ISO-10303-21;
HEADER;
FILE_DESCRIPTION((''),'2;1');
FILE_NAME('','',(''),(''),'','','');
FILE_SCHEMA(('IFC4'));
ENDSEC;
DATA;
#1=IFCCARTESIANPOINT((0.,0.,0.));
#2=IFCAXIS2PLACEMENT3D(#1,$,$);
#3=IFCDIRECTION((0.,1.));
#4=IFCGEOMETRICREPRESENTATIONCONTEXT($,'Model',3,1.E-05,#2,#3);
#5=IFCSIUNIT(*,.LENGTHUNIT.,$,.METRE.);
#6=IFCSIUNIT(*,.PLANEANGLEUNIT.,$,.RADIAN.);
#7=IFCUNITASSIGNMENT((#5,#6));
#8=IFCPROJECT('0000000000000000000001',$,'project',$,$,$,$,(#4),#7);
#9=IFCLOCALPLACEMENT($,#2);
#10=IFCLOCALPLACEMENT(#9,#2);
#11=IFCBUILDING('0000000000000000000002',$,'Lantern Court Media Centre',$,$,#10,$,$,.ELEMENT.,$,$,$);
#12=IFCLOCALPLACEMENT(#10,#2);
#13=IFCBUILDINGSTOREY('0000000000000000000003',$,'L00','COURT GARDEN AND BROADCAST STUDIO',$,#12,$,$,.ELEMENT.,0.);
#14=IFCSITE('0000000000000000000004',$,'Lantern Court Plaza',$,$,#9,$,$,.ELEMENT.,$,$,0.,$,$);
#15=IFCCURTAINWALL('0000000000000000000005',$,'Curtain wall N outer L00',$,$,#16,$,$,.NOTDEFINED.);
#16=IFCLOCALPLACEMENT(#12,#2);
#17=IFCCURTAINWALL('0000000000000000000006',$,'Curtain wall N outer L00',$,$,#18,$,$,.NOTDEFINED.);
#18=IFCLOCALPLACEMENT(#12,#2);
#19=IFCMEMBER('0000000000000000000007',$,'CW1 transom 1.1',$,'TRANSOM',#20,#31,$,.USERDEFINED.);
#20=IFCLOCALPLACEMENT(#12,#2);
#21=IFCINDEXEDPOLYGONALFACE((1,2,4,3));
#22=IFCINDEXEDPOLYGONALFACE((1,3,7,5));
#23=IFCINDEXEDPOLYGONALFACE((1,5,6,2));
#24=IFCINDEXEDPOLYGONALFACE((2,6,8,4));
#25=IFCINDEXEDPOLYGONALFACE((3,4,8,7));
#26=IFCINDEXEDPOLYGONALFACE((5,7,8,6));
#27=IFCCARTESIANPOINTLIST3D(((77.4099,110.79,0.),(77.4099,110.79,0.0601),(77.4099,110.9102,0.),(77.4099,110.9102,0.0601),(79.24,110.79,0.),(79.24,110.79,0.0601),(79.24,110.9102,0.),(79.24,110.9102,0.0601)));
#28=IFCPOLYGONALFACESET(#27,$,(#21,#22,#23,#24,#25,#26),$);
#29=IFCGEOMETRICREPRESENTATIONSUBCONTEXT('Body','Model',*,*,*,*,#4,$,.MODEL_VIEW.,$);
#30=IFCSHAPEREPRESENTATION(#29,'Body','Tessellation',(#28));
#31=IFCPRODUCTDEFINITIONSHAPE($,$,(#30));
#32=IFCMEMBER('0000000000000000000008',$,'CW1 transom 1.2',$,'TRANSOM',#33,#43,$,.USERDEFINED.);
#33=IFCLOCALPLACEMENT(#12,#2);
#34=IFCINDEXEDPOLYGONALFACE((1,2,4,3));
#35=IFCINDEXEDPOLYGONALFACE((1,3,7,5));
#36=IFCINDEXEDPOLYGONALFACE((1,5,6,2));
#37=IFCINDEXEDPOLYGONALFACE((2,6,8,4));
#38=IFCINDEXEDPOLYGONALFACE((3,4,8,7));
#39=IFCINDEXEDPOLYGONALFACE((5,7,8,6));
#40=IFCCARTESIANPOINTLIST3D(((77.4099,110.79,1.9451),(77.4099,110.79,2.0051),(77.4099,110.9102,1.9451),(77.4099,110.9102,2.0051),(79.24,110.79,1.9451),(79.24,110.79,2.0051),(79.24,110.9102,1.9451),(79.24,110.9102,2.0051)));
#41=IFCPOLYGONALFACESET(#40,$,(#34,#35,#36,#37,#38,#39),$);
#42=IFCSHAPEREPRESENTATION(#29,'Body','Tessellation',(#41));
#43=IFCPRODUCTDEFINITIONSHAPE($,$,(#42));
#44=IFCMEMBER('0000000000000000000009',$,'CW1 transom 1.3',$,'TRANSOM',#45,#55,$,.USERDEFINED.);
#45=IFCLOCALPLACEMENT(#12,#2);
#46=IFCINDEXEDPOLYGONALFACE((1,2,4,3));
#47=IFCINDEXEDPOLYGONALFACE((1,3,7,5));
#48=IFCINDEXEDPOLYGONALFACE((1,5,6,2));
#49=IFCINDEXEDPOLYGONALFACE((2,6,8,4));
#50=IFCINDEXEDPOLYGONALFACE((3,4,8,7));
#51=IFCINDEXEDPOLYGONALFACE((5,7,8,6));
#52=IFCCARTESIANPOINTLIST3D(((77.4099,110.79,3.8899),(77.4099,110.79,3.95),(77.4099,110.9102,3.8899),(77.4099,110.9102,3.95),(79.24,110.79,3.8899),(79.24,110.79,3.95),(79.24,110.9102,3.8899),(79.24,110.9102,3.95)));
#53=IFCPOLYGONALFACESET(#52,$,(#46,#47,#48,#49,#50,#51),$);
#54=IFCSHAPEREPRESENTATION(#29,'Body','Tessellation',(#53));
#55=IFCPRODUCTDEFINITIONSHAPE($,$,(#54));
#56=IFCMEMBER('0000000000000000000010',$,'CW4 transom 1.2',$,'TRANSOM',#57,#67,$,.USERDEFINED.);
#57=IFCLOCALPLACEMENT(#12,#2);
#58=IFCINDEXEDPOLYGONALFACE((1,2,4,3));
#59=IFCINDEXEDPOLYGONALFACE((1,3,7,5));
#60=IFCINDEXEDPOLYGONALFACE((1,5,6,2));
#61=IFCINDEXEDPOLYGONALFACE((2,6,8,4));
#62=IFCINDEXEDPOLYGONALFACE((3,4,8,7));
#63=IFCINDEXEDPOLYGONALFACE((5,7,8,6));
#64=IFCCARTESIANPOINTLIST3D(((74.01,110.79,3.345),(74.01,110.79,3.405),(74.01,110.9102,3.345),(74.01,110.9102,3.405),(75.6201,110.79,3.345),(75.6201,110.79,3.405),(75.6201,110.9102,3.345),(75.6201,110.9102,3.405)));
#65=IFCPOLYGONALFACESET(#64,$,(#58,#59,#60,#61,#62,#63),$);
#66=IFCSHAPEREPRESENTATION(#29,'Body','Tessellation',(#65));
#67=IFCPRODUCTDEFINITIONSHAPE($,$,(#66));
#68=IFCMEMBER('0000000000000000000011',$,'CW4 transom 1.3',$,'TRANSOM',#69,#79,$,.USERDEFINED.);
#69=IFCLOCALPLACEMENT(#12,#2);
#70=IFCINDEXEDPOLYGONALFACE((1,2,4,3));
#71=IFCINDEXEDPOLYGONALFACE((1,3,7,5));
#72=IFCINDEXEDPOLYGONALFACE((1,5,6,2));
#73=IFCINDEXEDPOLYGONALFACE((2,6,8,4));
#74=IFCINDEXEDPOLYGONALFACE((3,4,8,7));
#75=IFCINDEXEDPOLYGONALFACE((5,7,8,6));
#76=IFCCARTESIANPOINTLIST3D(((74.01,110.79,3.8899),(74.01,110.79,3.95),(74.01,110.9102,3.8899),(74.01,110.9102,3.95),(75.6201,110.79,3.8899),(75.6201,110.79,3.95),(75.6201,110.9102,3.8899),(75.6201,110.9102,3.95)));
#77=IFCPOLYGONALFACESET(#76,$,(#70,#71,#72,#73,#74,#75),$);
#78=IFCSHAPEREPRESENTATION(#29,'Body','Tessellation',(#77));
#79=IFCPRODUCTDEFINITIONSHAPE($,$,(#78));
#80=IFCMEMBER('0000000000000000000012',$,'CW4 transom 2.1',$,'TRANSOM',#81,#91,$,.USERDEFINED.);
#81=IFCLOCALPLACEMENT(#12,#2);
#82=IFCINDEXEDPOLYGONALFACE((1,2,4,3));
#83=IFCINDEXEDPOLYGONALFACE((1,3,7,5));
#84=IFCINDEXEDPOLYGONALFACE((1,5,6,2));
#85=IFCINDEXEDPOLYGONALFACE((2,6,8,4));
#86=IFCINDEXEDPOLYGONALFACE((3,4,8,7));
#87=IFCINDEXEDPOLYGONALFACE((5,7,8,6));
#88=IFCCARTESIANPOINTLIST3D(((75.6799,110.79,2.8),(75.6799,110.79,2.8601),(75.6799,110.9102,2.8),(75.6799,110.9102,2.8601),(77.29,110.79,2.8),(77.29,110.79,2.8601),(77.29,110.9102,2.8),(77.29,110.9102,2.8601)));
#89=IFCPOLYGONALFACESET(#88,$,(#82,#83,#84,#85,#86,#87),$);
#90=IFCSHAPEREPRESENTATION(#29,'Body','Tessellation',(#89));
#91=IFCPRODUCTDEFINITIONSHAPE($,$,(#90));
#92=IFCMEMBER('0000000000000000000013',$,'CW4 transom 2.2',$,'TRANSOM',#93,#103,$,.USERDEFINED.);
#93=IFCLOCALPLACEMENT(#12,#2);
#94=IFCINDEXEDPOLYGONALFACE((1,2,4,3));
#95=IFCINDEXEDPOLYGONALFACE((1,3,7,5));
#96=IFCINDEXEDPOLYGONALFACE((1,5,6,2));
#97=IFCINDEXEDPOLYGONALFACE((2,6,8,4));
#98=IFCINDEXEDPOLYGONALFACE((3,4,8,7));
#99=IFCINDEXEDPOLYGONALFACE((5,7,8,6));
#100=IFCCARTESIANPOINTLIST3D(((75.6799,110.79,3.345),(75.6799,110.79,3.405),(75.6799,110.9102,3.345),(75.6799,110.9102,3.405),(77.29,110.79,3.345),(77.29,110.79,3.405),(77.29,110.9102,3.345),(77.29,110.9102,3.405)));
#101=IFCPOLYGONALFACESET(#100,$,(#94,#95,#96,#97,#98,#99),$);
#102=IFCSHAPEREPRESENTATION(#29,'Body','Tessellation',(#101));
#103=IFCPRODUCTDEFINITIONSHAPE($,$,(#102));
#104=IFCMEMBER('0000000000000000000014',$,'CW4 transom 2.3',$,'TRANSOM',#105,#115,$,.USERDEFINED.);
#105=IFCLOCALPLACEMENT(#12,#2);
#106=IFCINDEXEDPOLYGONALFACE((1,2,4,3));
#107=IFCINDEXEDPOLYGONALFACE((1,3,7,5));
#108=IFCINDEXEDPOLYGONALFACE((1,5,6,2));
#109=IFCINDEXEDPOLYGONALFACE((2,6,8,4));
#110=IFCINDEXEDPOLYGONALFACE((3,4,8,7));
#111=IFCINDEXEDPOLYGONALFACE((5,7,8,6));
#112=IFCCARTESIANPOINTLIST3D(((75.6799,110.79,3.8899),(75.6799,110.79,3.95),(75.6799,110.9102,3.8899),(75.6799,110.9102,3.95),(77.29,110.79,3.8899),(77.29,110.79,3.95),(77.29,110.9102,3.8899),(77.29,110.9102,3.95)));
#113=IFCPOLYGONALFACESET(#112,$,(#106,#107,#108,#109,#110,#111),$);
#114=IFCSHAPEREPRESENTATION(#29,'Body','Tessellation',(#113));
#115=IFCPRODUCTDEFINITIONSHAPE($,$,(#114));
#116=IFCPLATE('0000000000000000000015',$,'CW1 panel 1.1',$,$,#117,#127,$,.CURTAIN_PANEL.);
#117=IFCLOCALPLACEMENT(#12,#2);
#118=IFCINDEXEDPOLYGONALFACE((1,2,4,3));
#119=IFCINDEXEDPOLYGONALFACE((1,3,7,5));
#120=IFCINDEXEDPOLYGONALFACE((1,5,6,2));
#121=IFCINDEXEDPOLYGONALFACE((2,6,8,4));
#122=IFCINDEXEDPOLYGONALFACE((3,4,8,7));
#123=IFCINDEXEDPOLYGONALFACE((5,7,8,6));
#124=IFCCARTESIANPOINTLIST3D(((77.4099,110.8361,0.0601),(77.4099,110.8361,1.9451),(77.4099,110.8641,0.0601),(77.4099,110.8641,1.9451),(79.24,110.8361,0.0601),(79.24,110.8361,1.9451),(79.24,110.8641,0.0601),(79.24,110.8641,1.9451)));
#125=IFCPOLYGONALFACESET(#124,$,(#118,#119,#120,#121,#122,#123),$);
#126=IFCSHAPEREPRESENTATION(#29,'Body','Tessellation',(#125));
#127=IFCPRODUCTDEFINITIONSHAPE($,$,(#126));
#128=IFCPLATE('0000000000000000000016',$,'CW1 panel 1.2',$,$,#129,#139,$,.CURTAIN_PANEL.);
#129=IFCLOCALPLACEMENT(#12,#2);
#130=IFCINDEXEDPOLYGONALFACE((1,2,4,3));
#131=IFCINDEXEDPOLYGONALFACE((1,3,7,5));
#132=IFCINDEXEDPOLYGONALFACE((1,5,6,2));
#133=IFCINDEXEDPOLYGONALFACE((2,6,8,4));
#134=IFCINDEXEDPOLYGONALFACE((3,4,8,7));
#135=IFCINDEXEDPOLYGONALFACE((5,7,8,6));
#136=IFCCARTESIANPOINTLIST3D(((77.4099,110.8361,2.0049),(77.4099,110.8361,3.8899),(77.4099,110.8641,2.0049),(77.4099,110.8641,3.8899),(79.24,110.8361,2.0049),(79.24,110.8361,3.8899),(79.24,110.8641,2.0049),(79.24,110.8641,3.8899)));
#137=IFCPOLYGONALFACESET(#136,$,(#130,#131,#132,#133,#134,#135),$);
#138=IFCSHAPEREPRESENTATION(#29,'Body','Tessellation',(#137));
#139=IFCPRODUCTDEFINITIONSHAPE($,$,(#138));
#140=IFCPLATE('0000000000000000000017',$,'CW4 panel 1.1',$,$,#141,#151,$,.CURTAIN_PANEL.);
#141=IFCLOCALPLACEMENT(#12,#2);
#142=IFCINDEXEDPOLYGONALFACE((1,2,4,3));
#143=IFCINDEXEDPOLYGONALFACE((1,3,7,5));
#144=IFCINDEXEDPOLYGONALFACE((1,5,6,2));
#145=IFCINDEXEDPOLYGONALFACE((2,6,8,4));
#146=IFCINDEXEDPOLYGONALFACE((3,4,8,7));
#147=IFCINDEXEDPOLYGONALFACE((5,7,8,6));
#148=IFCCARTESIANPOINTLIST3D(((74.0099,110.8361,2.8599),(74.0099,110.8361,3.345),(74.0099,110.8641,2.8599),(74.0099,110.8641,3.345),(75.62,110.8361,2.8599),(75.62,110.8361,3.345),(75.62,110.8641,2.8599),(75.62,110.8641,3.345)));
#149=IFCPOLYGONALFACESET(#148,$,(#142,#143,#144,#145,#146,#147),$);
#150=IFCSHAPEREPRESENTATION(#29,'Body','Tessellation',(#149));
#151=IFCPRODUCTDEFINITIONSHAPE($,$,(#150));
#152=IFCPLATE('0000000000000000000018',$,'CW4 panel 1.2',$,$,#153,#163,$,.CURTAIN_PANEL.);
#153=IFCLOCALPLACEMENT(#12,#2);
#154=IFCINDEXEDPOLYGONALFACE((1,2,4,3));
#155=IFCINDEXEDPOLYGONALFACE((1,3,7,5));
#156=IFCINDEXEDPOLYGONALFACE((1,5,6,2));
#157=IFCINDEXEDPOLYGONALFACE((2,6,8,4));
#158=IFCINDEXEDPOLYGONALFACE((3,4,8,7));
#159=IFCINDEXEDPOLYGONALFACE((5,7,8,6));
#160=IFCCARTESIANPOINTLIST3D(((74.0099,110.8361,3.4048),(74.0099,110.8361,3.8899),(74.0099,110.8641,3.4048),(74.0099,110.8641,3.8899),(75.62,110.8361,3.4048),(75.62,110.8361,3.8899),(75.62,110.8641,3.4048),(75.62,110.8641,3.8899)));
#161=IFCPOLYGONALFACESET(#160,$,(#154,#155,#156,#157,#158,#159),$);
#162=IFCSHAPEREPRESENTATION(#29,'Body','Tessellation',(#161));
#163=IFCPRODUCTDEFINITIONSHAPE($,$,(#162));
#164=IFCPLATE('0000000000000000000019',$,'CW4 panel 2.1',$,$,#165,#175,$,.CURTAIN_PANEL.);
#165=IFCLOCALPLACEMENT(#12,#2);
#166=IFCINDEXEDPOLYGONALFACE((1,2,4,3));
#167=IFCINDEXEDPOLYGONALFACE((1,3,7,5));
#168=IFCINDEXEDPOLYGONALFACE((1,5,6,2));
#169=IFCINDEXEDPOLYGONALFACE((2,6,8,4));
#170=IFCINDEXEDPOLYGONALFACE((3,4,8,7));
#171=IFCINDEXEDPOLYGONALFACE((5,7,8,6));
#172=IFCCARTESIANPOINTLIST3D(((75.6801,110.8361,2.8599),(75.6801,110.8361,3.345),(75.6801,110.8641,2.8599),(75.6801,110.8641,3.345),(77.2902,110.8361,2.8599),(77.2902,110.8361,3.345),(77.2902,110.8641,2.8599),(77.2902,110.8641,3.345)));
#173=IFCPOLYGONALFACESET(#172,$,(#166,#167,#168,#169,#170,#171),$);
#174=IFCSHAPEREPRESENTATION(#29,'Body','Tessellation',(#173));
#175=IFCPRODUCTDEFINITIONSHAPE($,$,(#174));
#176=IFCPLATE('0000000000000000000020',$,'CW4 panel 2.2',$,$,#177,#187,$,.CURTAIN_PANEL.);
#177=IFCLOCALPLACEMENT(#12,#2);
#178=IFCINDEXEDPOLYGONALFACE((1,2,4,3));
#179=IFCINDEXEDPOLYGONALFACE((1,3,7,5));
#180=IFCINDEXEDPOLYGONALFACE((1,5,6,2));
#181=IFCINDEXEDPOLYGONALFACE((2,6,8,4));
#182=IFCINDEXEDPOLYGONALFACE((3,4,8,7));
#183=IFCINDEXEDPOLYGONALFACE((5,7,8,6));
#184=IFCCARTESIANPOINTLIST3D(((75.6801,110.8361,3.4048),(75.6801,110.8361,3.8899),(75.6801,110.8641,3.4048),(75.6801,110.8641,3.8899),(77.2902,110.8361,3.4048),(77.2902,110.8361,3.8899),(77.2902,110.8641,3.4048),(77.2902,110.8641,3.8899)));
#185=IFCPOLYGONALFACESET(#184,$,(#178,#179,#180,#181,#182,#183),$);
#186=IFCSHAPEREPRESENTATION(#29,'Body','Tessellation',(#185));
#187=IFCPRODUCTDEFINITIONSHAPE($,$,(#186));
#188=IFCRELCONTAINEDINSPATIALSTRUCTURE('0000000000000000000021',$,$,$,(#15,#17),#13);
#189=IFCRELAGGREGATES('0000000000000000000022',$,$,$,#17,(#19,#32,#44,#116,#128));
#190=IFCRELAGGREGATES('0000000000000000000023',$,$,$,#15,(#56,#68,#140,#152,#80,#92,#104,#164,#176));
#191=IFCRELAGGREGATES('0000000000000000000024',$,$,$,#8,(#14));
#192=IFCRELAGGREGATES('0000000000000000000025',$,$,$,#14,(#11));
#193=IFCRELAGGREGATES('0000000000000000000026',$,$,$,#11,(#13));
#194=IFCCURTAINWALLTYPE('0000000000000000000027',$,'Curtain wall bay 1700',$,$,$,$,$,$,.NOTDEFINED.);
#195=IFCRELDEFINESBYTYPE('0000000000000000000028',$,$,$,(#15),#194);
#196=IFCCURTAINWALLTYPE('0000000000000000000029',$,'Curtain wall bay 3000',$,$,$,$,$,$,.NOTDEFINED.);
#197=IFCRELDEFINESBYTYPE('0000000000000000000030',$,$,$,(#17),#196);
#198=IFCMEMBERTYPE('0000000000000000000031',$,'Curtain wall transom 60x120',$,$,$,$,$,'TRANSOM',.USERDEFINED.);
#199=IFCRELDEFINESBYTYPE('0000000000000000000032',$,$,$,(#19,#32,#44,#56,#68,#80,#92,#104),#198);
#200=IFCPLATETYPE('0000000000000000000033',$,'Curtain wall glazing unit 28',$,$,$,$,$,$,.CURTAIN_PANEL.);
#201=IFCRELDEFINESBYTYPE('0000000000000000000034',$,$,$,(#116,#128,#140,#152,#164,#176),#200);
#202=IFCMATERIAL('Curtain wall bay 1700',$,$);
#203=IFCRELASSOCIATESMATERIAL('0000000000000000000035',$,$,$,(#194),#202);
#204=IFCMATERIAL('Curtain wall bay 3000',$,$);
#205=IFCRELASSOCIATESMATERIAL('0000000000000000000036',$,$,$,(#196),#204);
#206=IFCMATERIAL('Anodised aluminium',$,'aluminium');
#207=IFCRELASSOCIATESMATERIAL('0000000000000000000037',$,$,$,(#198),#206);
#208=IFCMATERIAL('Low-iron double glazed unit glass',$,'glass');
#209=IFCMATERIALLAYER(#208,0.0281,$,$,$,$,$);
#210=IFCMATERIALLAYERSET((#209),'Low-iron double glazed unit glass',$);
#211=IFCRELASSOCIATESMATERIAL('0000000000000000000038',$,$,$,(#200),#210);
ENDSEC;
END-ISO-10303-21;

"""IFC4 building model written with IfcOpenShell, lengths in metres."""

from ifc_helpers import new_model, si_unit, direction, frame, origin, origin_2d, place, context, subcontext, project, spatial, rectangle, extrude, material, layer, layer_set, material_profile, profile_set, type_object, element, aggregate, save


model = new_model("IFC4")

# Units and contexts
model_context = context("Model", 3, precision=1e-05, world=origin(), true_north=direction((0.0, 1.0)))
body_context = subcontext(model_context, "Body", "Model", "MODEL_VIEW")
ifc_project = project(units=[si_unit("LENGTHUNIT", "METRE"), si_unit("PLANEANGLEUNIT", "RADIAN")], contexts=[model_context])

# Site, building, storey
site_placement = place(None, origin())
site = spatial("IfcSite", under=ifc_project, at=site_placement, Name="Lantern Court Plaza", CompositionType="ELEMENT", RefElevation=0.0)
building_placement = place(site_placement, origin())
building = spatial("IfcBuilding", under=site, at=building_placement, Name="Lantern Court Media Centre", CompositionType="ELEMENT")
storey_placement = place(building_placement, origin())
storey = spatial("IfcBuildingStorey", under=building, at=storey_placement, Name="L00", Description="COURT GARDEN AND BROADCAST STUDIO", CompositionType="ELEMENT", Elevation=0.0)

# Curtain wall
ifc_material_1 = material(Name="Curtain wall bay 1700")
curtain_wall_type_1 = type_object("IfcCurtainWallType", Name="Curtain wall bay 1700", PredefinedType="NOTDEFINED", material=ifc_material_1)
curtain_wall_1_placement = place(storey_placement, origin())
curtain_wall_1 = element("IfcCurtainWall", 1, at=curtain_wall_1_placement, inside=storey, type_object=curtain_wall_type_1, Name="Curtain wall N outer L00", PredefinedType="NOTDEFINED")
ifc_material_2 = material(Name="Anodised aluminium", Category="aluminium")

# Shared definitions
ifc_material_3 = material(Name="Curtain wall bay 3000")
curtain_wall_type_2 = type_object("IfcCurtainWallType", Name="Curtain wall bay 3000", PredefinedType="NOTDEFINED", material=ifc_material_3)

# Curtain wall, members
curtain_wall_2_placement = place(storey_placement, origin())
curtain_wall_2 = element("IfcCurtainWall", 2, at=curtain_wall_2_placement, inside=storey, type_object=curtain_wall_type_2, Name="Curtain wall N outer L00", PredefinedType="NOTDEFINED")
ifc_material_profile_1 = material_profile(ifc_material_2, rectangle(XDim=0.1201, YDim=0.0601, at=origin_2d()), Name="AL 60x120")
ifc_profile_set_1 = profile_set([ifc_material_profile_1], Name="Anodised aluminium")
member_type_1 = type_object("IfcMemberType", Name="Curtain wall transom 60x120", ElementType="TRANSOM", PredefinedType="USERDEFINED", material=ifc_profile_set_1)
member_1_placement = place(storey_placement, frame((77.4099, 110.8501, 0.03), z_axis=(1.0, 0.0, 0.0), x_axis=(0.0, 1.0, 0.0)))
member_1 = element("IfcMember", 3, at=member_1_placement, type_object=member_type_1, Name="CW1 transom 1.1", ObjectType="TRANSOM", PredefinedType="USERDEFINED", context=body_context, shape_type="SweptSolid", body=[
    extrude(rectangle(XDim=0.1201, YDim=0.0601, at=origin_2d()), origin(), (0.0, 0.0, 1.0), 1.8301),
])
member_2_placement = place(storey_placement, frame((77.4099, 110.8501, 1.9751), z_axis=(1.0, 0.0, 0.0), x_axis=(0.0, 1.0, 0.0)))
member_2 = element("IfcMember", 4, at=member_2_placement, type_object=member_type_1, Name="CW1 transom 1.2", ObjectType="TRANSOM", PredefinedType="USERDEFINED", context=body_context, shape_type="SweptSolid", body=[
    extrude(rectangle(XDim=0.1201, YDim=0.0601, at=origin_2d()), origin(), (0.0, 0.0, 1.0), 1.8301),
])
member_3_placement = place(storey_placement, frame((77.4099, 110.8501, 3.9199), z_axis=(1.0, 0.0, 0.0), x_axis=(0.0, 1.0, 0.0)))
member_3 = element("IfcMember", 5, at=member_3_placement, type_object=member_type_1, Name="CW1 transom 1.3", ObjectType="TRANSOM", PredefinedType="USERDEFINED", context=body_context, shape_type="SweptSolid", body=[
    extrude(rectangle(XDim=0.1201, YDim=0.0601, at=origin_2d()), origin(), (0.0, 0.0, 1.0), 1.8301),
])

# Members
member_4_placement = place(storey_placement, frame((74.01, 110.8501, 3.375), z_axis=(1.0, 0.0, 0.0), x_axis=(0.0, 1.0, 0.0)))
member_4 = element("IfcMember", 6, at=member_4_placement, type_object=member_type_1, Name="CW4 transom 1.2", ObjectType="TRANSOM", PredefinedType="USERDEFINED", context=body_context, shape_type="SweptSolid", body=[
    extrude(rectangle(XDim=0.1201, YDim=0.0601, at=origin_2d()), origin(), (0.0, 0.0, 1.0), 1.6101),
])
member_5_placement = place(storey_placement, frame((74.01, 110.8501, 3.9199), z_axis=(1.0, 0.0, 0.0), x_axis=(0.0, 1.0, 0.0)))
member_5 = element("IfcMember", 7, at=member_5_placement, type_object=member_type_1, Name="CW4 transom 1.3", ObjectType="TRANSOM", PredefinedType="USERDEFINED", context=body_context, shape_type="SweptSolid", body=[
    extrude(rectangle(XDim=0.1201, YDim=0.0601, at=origin_2d()), origin(), (0.0, 0.0, 1.0), 1.6101),
])
member_6_placement = place(storey_placement, frame((75.6799, 110.8501, 2.8301), z_axis=(1.0, 0.0, 0.0), x_axis=(0.0, 1.0, 0.0)))
member_6 = element("IfcMember", 8, at=member_6_placement, type_object=member_type_1, Name="CW4 transom 2.1", ObjectType="TRANSOM", PredefinedType="USERDEFINED", context=body_context, shape_type="SweptSolid", body=[
    extrude(rectangle(XDim=0.1201, YDim=0.0601, at=origin_2d()), origin(), (0.0, 0.0, 1.0), 1.6101),
])
member_7_placement = place(storey_placement, frame((75.6799, 110.8501, 3.375), z_axis=(1.0, 0.0, 0.0), x_axis=(0.0, 1.0, 0.0)))
member_7 = element("IfcMember", 9, at=member_7_placement, type_object=member_type_1, Name="CW4 transom 2.2", ObjectType="TRANSOM", PredefinedType="USERDEFINED", context=body_context, shape_type="SweptSolid", body=[
    extrude(rectangle(XDim=0.1201, YDim=0.0601, at=origin_2d()), origin(), (0.0, 0.0, 1.0), 1.6101),
])
member_8_placement = place(storey_placement, frame((75.6799, 110.8501, 3.9199), z_axis=(1.0, 0.0, 0.0), x_axis=(0.0, 1.0, 0.0)))
member_8 = element("IfcMember", 10, at=member_8_placement, type_object=member_type_1, Name="CW4 transom 2.3", ObjectType="TRANSOM", PredefinedType="USERDEFINED", context=body_context, shape_type="SweptSolid", body=[
    extrude(rectangle(XDim=0.1201, YDim=0.0601, at=origin_2d()), origin(), (0.0, 0.0, 1.0), 1.6101),
])

# Plates
ifc_material_4 = material(Name="Low-iron double glazed unit glass", Category="glass")
ifc_layer_1 = layer(ifc_material_4, 0.0281)
ifc_layer_set_1 = layer_set([ifc_layer_1], Name="Low-iron double glazed unit glass")
plate_type = type_object("IfcPlateType", Name="Curtain wall glazing unit 28", PredefinedType="CURTAIN_PANEL", material=ifc_layer_set_1)
plate_1_placement = place(storey_placement, frame((78.325, 110.8501, 0.0601), z_axis=(0.0, 0.0, 1.0), x_axis=(1.0, 0.0, 0.0)))
plate_1 = element("IfcPlate", 11, at=plate_1_placement, type_object=plate_type, Name="CW1 panel 1.1", PredefinedType="CURTAIN_PANEL", context=body_context, shape_type="SweptSolid", body=[
    extrude(rectangle(XDim=1.8301, YDim=0.0281, at=origin_2d()), origin(), (0.0, 0.0, 1.0), 1.885),
])
plate_2_placement = place(storey_placement, frame((78.325, 110.8501, 2.0049), z_axis=(0.0, 0.0, 1.0), x_axis=(1.0, 0.0, 0.0)))
plate_2 = element("IfcPlate", 12, at=plate_2_placement, type_object=plate_type, Name="CW1 panel 1.2", PredefinedType="CURTAIN_PANEL", context=body_context, shape_type="SweptSolid", body=[
    extrude(rectangle(XDim=1.8301, YDim=0.0281, at=origin_2d()), origin(), (0.0, 0.0, 1.0), 1.885),
])
aggregate(curtain_wall_2, [member_1, member_2, member_3, plate_1, plate_2])
plate_3_placement = place(storey_placement, frame((74.8149, 110.8501, 2.8599), z_axis=(0.0, 0.0, 1.0), x_axis=(1.0, 0.0, 0.0)))
plate_3 = element("IfcPlate", 13, at=plate_3_placement, type_object=plate_type, Name="CW4 panel 1.1", PredefinedType="CURTAIN_PANEL", context=body_context, shape_type="SweptSolid", body=[
    extrude(rectangle(XDim=1.6101, YDim=0.0281, at=origin_2d()), origin(), (0.0, 0.0, 1.0), 0.4851),
])
plate_4_placement = place(storey_placement, frame((74.8149, 110.8501, 3.4048), z_axis=(0.0, 0.0, 1.0), x_axis=(1.0, 0.0, 0.0)))
plate_4 = element("IfcPlate", 14, at=plate_4_placement, type_object=plate_type, Name="CW4 panel 1.2", PredefinedType="CURTAIN_PANEL", context=body_context, shape_type="SweptSolid", body=[
    extrude(rectangle(XDim=1.6101, YDim=0.0281, at=origin_2d()), origin(), (0.0, 0.0, 1.0), 0.4851),
])
plate_5_placement = place(storey_placement, frame((76.4851, 110.8501, 2.8599), z_axis=(0.0, 0.0, 1.0), x_axis=(1.0, 0.0, 0.0)))
plate_5 = element("IfcPlate", 15, at=plate_5_placement, type_object=plate_type, Name="CW4 panel 2.1", PredefinedType="CURTAIN_PANEL", context=body_context, shape_type="SweptSolid", body=[
    extrude(rectangle(XDim=1.6101, YDim=0.0281, at=origin_2d()), origin(), (0.0, 0.0, 1.0), 0.4851),
])
plate_6_placement = place(storey_placement, frame((76.4851, 110.8501, 3.4048), z_axis=(0.0, 0.0, 1.0), x_axis=(1.0, 0.0, 0.0)))
plate_6 = element("IfcPlate", 16, at=plate_6_placement, type_object=plate_type, Name="CW4 panel 2.2", PredefinedType="CURTAIN_PANEL", context=body_context, shape_type="SweptSolid", body=[
    extrude(rectangle(XDim=1.6101, YDim=0.0281, at=origin_2d()), origin(), (0.0, 0.0, 1.0), 0.4851),
])
aggregate(curtain_wall_1, [member_4, member_5, plate_3, plate_4, member_6, member_7, member_8, plate_5, plate_6])

save(model, "model.ifc")
